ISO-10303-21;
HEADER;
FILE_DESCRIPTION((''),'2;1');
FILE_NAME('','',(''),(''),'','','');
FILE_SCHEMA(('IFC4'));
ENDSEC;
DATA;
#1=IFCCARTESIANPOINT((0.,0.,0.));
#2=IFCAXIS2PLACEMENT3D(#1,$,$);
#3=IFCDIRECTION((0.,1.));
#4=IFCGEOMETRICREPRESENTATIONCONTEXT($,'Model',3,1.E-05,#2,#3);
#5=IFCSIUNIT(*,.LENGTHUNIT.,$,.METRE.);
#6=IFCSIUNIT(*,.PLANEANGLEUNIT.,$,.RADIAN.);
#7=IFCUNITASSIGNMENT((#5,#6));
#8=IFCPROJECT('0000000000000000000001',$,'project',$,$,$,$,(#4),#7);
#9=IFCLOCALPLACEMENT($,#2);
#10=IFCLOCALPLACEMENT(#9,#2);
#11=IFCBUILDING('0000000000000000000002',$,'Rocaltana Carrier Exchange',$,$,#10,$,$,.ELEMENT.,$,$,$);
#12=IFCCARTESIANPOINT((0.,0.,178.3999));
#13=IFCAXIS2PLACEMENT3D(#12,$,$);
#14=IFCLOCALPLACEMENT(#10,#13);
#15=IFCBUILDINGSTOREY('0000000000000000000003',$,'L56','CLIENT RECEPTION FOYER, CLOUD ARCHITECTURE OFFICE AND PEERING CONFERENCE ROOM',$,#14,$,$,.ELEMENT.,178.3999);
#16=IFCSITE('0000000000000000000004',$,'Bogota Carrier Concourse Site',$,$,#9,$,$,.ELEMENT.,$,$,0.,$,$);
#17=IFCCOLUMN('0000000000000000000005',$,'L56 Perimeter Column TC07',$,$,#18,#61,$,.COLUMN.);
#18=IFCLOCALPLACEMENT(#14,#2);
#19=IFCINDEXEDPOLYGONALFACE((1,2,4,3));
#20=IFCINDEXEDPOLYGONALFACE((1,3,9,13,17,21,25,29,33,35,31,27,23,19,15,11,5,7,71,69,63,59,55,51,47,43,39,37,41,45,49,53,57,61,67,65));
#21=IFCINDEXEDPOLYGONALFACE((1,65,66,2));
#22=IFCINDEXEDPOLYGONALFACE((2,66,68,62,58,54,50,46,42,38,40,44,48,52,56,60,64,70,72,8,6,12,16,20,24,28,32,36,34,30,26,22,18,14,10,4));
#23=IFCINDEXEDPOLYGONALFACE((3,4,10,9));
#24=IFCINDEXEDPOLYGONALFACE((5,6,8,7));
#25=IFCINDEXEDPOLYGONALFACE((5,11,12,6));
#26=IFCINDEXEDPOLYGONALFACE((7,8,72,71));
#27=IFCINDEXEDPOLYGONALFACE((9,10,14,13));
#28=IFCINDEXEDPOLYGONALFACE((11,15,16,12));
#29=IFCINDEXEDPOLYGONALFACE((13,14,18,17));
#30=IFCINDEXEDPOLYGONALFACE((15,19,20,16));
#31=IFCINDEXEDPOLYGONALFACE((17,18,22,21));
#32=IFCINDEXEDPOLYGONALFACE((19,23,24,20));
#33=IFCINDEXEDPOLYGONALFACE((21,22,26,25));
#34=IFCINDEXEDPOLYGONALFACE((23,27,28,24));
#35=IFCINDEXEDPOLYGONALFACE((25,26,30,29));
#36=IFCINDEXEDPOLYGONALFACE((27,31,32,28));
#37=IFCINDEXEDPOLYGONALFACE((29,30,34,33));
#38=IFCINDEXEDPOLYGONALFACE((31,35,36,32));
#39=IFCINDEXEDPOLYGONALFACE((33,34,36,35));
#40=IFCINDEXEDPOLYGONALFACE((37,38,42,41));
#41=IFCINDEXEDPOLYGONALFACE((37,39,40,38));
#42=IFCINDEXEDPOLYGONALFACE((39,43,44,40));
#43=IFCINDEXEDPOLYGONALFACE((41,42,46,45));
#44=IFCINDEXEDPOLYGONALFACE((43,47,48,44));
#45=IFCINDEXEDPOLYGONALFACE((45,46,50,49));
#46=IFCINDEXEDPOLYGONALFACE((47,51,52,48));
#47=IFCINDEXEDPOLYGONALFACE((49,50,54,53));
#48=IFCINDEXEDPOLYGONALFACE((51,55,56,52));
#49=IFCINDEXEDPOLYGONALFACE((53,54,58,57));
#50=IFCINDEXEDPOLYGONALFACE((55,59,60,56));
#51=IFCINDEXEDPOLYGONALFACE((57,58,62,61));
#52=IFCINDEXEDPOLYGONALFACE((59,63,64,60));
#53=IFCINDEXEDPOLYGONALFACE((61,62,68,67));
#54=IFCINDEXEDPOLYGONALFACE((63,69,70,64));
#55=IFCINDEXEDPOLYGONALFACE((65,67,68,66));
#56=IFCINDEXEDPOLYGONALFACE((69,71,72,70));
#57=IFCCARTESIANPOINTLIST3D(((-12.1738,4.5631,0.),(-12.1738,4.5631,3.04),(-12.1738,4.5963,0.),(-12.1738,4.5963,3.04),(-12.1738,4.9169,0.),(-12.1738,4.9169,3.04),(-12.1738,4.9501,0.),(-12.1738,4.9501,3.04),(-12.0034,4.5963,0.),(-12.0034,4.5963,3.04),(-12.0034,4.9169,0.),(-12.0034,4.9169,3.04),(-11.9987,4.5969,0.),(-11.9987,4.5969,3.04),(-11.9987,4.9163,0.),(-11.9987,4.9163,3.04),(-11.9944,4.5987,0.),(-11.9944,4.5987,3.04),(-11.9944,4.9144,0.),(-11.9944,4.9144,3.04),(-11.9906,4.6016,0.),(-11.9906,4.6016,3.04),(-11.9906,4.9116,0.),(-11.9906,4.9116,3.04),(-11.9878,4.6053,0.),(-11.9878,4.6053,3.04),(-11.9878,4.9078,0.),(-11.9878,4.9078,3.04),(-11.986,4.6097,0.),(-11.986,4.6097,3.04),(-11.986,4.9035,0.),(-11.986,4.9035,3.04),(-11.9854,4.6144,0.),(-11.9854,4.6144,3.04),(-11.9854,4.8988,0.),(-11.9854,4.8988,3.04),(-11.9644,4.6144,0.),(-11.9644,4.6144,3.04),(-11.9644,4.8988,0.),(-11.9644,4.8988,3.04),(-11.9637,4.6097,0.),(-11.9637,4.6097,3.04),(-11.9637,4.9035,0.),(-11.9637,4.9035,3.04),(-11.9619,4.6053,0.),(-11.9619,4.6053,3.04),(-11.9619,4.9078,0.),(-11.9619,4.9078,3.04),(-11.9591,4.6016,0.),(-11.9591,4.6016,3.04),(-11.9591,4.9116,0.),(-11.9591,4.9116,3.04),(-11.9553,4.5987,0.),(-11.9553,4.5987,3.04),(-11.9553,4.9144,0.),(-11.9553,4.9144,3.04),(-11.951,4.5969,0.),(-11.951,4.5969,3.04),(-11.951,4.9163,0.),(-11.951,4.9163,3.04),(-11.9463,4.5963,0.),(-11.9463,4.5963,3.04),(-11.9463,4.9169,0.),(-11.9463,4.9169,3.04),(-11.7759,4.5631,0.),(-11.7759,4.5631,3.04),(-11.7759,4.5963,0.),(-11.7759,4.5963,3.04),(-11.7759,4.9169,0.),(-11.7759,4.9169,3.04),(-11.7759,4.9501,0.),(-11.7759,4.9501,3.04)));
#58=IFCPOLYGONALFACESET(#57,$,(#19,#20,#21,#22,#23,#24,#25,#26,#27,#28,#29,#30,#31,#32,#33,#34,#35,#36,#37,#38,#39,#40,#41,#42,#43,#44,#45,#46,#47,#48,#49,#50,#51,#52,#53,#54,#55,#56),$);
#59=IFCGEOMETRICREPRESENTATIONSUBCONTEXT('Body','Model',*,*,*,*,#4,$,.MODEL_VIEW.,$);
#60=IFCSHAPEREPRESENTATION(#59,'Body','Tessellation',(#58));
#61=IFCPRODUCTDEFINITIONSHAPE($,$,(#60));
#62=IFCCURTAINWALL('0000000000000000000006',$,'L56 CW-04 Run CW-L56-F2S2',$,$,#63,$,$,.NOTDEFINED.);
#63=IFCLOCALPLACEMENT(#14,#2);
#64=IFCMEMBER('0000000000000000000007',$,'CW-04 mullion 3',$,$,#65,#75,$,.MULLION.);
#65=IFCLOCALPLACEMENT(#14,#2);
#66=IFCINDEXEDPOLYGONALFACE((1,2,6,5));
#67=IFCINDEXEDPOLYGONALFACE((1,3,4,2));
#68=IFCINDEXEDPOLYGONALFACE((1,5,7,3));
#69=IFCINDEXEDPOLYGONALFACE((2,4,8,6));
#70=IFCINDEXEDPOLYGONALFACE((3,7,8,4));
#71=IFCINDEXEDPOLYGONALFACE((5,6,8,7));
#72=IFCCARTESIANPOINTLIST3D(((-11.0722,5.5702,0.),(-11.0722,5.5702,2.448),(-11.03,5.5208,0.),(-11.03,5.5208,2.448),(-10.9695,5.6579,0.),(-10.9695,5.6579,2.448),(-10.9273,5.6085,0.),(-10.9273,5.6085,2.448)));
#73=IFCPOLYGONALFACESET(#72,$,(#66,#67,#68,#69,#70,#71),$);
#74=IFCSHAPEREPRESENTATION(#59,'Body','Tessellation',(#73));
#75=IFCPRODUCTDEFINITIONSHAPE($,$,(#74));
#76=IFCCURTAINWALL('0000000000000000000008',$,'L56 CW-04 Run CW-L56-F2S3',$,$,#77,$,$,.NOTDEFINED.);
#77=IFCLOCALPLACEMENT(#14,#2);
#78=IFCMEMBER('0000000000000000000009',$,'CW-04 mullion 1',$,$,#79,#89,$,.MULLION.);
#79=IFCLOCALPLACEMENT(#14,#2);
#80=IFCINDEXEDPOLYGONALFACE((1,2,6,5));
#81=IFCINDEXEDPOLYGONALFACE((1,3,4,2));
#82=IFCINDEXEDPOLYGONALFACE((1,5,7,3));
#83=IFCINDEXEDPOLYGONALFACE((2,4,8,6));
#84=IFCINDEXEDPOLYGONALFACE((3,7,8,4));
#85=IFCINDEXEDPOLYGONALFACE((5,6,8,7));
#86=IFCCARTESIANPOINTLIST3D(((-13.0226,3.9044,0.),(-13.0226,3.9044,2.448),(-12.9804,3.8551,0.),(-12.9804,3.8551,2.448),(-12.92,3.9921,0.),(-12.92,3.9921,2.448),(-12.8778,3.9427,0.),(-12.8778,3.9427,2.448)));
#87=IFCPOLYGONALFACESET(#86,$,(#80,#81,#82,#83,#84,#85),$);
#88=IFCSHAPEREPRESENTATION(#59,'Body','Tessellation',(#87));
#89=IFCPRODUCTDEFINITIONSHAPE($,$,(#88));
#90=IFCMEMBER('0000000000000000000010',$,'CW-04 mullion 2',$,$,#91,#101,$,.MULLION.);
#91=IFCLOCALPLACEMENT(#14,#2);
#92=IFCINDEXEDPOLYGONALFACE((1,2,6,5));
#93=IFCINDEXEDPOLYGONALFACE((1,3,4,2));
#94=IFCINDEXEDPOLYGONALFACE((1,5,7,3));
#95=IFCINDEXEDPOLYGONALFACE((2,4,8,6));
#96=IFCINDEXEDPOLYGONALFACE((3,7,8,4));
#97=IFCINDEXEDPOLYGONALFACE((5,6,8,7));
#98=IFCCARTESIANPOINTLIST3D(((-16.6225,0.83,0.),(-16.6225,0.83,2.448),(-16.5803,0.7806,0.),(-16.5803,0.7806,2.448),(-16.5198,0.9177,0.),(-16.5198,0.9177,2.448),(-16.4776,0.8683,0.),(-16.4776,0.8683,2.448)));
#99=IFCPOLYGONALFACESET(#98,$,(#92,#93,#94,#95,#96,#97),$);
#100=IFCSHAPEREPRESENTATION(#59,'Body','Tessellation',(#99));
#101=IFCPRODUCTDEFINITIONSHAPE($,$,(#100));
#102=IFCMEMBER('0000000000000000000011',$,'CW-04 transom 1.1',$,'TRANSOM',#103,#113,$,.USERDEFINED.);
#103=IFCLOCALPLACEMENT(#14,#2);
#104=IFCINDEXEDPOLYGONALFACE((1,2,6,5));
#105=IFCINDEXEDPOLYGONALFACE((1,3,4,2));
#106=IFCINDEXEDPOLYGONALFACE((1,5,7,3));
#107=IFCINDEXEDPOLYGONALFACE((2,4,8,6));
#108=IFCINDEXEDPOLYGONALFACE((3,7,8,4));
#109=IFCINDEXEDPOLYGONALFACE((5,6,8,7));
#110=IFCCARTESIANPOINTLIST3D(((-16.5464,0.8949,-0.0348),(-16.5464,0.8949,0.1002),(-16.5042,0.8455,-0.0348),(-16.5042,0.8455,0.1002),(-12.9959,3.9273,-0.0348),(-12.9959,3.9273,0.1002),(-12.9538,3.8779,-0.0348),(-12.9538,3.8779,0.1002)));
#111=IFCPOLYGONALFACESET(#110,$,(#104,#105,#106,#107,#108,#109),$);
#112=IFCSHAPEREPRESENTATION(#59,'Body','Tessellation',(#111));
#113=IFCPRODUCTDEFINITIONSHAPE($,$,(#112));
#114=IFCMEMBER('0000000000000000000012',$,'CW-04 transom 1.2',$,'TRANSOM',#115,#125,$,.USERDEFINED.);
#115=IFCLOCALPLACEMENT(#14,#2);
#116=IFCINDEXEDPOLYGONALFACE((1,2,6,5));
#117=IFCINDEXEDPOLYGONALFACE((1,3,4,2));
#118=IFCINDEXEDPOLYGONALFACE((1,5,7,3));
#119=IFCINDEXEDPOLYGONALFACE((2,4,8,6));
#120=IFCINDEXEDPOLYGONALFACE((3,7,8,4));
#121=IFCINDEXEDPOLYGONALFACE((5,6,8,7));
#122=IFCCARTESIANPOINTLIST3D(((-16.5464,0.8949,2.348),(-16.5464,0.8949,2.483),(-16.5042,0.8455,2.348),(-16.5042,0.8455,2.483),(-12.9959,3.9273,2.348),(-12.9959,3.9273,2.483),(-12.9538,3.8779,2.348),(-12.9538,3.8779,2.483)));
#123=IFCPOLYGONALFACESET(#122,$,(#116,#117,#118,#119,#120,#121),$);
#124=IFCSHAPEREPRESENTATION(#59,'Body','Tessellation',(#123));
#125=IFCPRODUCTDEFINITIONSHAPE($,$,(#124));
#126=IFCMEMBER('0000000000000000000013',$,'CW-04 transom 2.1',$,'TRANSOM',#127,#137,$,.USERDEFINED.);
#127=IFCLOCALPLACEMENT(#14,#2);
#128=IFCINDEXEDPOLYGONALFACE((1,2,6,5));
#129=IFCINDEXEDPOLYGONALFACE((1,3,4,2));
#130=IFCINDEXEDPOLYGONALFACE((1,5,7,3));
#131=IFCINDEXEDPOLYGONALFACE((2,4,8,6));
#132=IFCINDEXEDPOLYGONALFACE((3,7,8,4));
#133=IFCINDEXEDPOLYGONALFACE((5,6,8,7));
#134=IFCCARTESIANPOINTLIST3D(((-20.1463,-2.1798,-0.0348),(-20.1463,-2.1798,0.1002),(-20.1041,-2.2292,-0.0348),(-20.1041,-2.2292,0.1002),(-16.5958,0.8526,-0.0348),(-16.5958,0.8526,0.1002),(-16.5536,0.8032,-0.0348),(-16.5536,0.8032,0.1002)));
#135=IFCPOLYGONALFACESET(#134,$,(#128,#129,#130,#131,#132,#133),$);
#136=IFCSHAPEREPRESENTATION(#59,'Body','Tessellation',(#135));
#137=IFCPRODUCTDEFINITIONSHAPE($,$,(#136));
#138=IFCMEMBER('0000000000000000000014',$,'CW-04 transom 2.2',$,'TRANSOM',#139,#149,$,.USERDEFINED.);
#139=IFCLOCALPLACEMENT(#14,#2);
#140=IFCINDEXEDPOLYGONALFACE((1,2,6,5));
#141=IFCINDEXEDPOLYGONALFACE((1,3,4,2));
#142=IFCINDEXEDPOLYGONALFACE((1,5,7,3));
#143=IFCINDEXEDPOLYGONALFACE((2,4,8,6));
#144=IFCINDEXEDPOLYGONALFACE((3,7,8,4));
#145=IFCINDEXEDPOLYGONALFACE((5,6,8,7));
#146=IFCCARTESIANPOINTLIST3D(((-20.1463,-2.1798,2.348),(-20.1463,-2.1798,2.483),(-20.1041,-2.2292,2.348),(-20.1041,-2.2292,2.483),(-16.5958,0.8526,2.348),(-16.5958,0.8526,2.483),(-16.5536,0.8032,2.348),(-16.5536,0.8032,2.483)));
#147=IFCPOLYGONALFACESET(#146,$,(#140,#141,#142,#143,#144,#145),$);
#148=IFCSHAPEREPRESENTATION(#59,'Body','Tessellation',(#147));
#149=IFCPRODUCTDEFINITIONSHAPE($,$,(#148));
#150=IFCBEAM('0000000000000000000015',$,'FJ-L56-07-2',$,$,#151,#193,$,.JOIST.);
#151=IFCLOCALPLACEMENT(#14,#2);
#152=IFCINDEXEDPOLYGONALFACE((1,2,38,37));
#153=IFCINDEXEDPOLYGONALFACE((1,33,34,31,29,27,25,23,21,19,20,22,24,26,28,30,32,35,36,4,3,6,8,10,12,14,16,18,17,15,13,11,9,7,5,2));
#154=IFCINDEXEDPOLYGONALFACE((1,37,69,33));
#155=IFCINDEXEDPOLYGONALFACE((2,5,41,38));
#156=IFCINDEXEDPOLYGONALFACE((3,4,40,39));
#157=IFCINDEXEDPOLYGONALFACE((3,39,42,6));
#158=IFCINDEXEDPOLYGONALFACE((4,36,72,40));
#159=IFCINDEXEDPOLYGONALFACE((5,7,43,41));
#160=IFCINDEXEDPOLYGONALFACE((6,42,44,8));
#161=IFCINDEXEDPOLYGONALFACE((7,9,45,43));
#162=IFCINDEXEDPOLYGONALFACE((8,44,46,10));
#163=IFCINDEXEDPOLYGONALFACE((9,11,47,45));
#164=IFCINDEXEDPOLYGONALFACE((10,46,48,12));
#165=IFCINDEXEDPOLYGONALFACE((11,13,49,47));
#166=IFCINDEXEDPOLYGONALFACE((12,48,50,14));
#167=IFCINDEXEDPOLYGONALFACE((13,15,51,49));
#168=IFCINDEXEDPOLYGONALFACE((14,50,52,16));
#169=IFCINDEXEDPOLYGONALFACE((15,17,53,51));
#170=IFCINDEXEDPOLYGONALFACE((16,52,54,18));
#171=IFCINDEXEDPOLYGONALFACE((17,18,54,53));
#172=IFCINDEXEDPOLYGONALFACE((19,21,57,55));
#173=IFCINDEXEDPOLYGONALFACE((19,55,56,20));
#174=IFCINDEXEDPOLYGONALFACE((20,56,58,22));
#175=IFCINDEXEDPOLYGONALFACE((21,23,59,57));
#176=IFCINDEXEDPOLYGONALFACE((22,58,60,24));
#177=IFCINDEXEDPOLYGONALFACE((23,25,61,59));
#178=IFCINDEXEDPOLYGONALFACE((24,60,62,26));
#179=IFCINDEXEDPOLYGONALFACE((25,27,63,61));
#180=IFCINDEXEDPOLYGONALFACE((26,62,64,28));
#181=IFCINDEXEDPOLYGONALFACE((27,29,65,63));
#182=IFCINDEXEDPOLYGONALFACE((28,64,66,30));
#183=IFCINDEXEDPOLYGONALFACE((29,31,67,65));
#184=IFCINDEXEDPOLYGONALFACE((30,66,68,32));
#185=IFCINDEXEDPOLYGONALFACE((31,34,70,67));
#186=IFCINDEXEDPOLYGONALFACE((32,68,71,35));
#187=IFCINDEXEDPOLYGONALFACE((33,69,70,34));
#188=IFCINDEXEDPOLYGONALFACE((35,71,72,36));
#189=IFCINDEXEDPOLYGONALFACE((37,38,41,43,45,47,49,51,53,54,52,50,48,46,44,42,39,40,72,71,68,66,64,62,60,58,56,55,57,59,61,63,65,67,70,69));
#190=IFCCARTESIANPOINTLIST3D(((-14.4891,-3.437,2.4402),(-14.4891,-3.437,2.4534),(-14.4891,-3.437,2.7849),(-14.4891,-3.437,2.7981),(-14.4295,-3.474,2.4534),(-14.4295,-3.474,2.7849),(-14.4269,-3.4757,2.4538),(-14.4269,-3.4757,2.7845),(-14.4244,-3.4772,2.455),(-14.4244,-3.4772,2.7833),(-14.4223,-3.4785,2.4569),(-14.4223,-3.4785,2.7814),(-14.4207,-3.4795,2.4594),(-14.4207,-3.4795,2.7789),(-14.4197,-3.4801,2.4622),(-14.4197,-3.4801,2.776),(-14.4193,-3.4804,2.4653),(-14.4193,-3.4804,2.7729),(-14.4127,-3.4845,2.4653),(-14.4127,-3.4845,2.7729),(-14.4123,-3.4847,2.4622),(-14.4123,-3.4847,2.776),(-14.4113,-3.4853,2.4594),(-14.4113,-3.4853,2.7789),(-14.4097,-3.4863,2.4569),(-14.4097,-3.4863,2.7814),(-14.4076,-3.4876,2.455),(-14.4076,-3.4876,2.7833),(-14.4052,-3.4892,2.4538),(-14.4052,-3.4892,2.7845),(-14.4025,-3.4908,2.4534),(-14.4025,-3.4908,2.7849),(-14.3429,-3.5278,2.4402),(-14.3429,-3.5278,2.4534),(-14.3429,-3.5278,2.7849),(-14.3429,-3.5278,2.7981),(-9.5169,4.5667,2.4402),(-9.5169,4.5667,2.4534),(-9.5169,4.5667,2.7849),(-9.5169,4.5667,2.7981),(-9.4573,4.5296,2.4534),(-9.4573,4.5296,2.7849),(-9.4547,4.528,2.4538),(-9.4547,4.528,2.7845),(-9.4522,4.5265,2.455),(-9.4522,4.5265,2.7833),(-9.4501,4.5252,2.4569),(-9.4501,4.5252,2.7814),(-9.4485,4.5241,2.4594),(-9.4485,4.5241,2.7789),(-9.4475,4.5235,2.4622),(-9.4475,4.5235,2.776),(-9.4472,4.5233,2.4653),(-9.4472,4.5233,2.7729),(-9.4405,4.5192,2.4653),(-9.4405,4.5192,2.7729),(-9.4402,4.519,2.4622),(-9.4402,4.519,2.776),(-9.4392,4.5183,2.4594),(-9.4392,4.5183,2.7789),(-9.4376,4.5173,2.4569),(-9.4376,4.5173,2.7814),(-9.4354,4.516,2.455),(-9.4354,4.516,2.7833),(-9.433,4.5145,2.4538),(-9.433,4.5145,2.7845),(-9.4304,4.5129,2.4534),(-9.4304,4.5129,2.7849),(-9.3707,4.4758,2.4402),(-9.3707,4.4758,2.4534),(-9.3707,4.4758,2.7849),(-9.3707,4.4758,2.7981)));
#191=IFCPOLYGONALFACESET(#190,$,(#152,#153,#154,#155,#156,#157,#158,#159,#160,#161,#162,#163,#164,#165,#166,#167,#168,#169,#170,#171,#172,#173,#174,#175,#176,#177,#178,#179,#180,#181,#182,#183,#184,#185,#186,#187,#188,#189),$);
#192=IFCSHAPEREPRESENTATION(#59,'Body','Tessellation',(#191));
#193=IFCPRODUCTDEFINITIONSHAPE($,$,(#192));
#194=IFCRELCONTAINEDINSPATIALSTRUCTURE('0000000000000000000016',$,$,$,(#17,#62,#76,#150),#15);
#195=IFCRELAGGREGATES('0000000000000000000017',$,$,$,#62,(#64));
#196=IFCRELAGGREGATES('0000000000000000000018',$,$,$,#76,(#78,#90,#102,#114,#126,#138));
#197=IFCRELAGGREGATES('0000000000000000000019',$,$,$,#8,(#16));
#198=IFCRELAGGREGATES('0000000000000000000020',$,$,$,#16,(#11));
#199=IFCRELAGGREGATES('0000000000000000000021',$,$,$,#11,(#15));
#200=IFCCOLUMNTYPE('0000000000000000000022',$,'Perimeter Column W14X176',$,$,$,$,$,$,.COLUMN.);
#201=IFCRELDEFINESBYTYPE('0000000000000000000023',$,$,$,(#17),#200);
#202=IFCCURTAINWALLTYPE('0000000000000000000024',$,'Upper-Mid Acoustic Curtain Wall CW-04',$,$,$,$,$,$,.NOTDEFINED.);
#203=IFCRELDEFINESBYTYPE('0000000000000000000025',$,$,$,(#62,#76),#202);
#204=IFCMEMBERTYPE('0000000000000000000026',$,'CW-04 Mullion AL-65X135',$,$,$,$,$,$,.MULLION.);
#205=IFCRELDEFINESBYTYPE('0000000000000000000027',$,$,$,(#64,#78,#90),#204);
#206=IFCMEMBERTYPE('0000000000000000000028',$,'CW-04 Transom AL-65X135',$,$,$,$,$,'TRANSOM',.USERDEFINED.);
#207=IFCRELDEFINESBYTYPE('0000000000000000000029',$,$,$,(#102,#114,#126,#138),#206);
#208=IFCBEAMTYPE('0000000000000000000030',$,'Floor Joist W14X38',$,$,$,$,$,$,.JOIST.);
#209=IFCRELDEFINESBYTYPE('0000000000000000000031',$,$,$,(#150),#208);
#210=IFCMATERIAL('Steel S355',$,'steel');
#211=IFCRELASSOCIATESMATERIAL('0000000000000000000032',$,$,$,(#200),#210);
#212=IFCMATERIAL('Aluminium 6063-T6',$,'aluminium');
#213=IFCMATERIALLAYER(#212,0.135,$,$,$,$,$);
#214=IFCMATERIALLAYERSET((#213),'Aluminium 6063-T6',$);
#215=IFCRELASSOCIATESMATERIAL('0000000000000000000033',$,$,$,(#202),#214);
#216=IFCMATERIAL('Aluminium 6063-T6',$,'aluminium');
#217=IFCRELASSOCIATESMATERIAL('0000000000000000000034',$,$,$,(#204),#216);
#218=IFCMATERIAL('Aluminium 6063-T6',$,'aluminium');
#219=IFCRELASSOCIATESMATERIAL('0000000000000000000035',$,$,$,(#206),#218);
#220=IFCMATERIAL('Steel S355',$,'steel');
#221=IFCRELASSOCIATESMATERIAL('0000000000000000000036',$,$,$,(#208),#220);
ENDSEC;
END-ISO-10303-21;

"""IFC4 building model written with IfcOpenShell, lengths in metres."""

from ifc_helpers import new_model, si_unit, direction, frame, origin, origin_2d, place, context, subcontext, project, spatial, rectangle, i_section, extrude, material, layer, layer_set, material_profile, profile_set, type_object, element, aggregate, save


model = new_model("IFC4")

# Units and contexts
model_context = context("Model", 3, precision=1e-05, world=origin(), true_north=direction((0.0, 1.0)))
body_context = subcontext(model_context, "Body", "Model", "MODEL_VIEW")
ifc_project = project(units=[si_unit("LENGTHUNIT", "METRE"), si_unit("PLANEANGLEUNIT", "RADIAN")], contexts=[model_context])

# Site, building, storey
site_placement = place(None, origin())
site = spatial("IfcSite", under=ifc_project, at=site_placement, Name="Bogota Carrier Concourse Site", CompositionType="ELEMENT", RefElevation=0.0)
building_placement = place(site_placement, origin())
building = spatial("IfcBuilding", under=site, at=building_placement, Name="Rocaltana Carrier Exchange", CompositionType="ELEMENT")
storey_placement = place(building_placement, frame((0.0, 0.0, 178.3999)))
storey = spatial("IfcBuildingStorey", under=building, at=storey_placement, Name="L56", Description="CLIENT RECEPTION FOYER, CLOUD ARCHITECTURE OFFICE AND PEERING CONFERENCE ROOM", CompositionType="ELEMENT", Elevation=178.3999)

# Column
ifc_material_1 = material(Name="Steel S355", Category="steel")
ifc_material_profile_1 = material_profile(ifc_material_1, i_section(OverallWidth=0.3979, OverallDepth=0.387, WebThickness=0.021, FlangeThickness=0.0332, FilletRadius=0.0181, at=origin_2d()), Name="W14X176")
ifc_profile_set_1 = profile_set([ifc_material_profile_1], Name="Steel S355")
column_type = type_object("IfcColumnType", Name="Perimeter Column W14X176", PredefinedType="COLUMN", material=ifc_profile_set_1)
column_placement = place(storey_placement, frame((-11.9749, 4.7566, 0.0), z_axis=(0.0, 0.0, 1.0), x_axis=(1.0, 0.0, 0.0)))
element("IfcColumn", 1, at=column_placement, inside=storey, type_object=column_type, Name="L56 Perimeter Column TC07", PredefinedType="COLUMN", context=body_context, shape_type="SweptSolid", body=[
    extrude(i_section(OverallWidth=0.3979, OverallDepth=0.387, WebThickness=0.021, FlangeThickness=0.0332, FilletRadius=0.0181, at=origin_2d()), origin(), (0.0, 0.0, 1.0), 3.04),
])

# Curtain wall, member
ifc_material_2 = material(Name="Aluminium 6063-T6", Category="aluminium")
ifc_layer_1 = layer(ifc_material_2, 0.135)
ifc_layer_set_1 = layer_set([ifc_layer_1], Name="Aluminium 6063-T6")
curtain_wall_type = type_object("IfcCurtainWallType", Name="Upper-Mid Acoustic Curtain Wall CW-04", PredefinedType="NOTDEFINED", material=ifc_layer_set_1)
curtain_wall_1_placement = place(storey_placement, origin())
curtain_wall_1 = element("IfcCurtainWall", 2, at=curtain_wall_1_placement, inside=storey, type_object=curtain_wall_type, Name="L56 CW-04 Run CW-L56-F2S2", PredefinedType="NOTDEFINED")
ifc_material_3 = material(Name="Aluminium 6063-T6", Category="aluminium")
ifc_material_profile_2 = material_profile(ifc_material_3, rectangle(XDim=0.0649, YDim=0.135, at=origin_2d()), Name="AL-65X135")
ifc_profile_set_2 = profile_set([ifc_material_profile_2], Name="Aluminium 6063-T6")
member_type_1 = type_object("IfcMemberType", Name="CW-04 Mullion AL-65X135", PredefinedType="MULLION", material=ifc_profile_set_2)
member_1_placement = place(storey_placement, frame((-10.9998, 5.5894, 0.0), z_axis=(0.0, 0.0, 1.0), x_axis=(0.649454, -0.760401, 0.0)))
member_1 = element("IfcMember", 3, at=member_1_placement, type_object=member_type_1, Name="CW-04 mullion 3", PredefinedType="MULLION", context=body_context, shape_type="SweptSolid", body=[
    extrude(rectangle(XDim=0.0649, YDim=0.135, at=origin_2d()), origin(), (0.0, 0.0, 1.0), 2.448),
])

# Curtain wall, members
curtain_wall_2_placement = place(storey_placement, origin())
curtain_wall_2 = element("IfcCurtainWall", 4, at=curtain_wall_2_placement, inside=storey, type_object=curtain_wall_type, Name="L56 CW-04 Run CW-L56-F2S3", PredefinedType="NOTDEFINED")
member_2_placement = place(storey_placement, frame((-12.9502, 3.9236, 0.0), z_axis=(0.0, 0.0, 1.0), x_axis=(0.649448, -0.760406, 0.0)))
member_2 = element("IfcMember", 5, at=member_2_placement, type_object=member_type_1, Name="CW-04 mullion 1", PredefinedType="MULLION", context=body_context, shape_type="SweptSolid", body=[
    extrude(rectangle(XDim=0.0649, YDim=0.135, at=origin_2d()), origin(), (0.0, 0.0, 1.0), 2.448),
])
member_3_placement = place(storey_placement, frame((-16.55, 0.8491, 0.0), z_axis=(0.0, 0.0, 1.0), x_axis=(0.649448, -0.760406, 0.0)))
member_3 = element("IfcMember", 6, at=member_3_placement, type_object=member_type_1, Name="CW-04 mullion 2", PredefinedType="MULLION", context=body_context, shape_type="SweptSolid", body=[
    extrude(rectangle(XDim=0.0649, YDim=0.135, at=origin_2d()), origin(), (0.0, 0.0, 1.0), 2.448),
])
ifc_material_4 = material(Name="Aluminium 6063-T6", Category="aluminium")
ifc_material_profile_3 = material_profile(ifc_material_4, rectangle(XDim=0.0649, YDim=0.135, at=origin_2d()), Name="AL-65X135")
ifc_profile_set_3 = profile_set([ifc_material_profile_3], Name="Aluminium 6063-T6")
member_type_2 = type_object("IfcMemberType", Name="CW-04 Transom AL-65X135", ElementType="TRANSOM", PredefinedType="USERDEFINED", material=ifc_profile_set_3)
member_4_placement = place(storey_placement, frame((-12.9749, 3.9026, 0.0327), z_axis=(-0.760403, -0.649451, 0.0), x_axis=(0.649451, -0.760403, 0.0)))
member_4 = element("IfcMember", 7, at=member_4_placement, type_object=member_type_2, Name="CW-04 transom 1.1", ObjectType="TRANSOM", PredefinedType="USERDEFINED", context=body_context, shape_type="SweptSolid", body=[
    extrude(rectangle(XDim=0.0649, YDim=0.135, at=origin_2d()), origin(), (0.0, 0.0, 1.0), 4.6692),
])
member_5_placement = place(storey_placement, frame((-12.9749, 3.9026, 2.4155), z_axis=(-0.760403, -0.649451, 0.0), x_axis=(0.649451, -0.760403, 0.0)))
member_5 = element("IfcMember", 8, at=member_5_placement, type_object=member_type_2, Name="CW-04 transom 1.2", ObjectType="TRANSOM", PredefinedType="USERDEFINED", context=body_context, shape_type="SweptSolid", body=[
    extrude(rectangle(XDim=0.0649, YDim=0.135, at=origin_2d()), origin(), (0.0, 0.0, 1.0), 4.6692),
])
member_6_placement = place(storey_placement, frame((-16.5747, 0.8279, 0.0327), z_axis=(-0.760403, -0.649451, 0.0), x_axis=(0.649451, -0.760403, 0.0)))
member_6 = element("IfcMember", 9, at=member_6_placement, type_object=member_type_2, Name="CW-04 transom 2.1", ObjectType="TRANSOM", PredefinedType="USERDEFINED", context=body_context, shape_type="SweptSolid", body=[
    extrude(rectangle(XDim=0.0649, YDim=0.135, at=origin_2d()), origin(), (0.0, 0.0, 1.0), 4.6692),
])
member_7_placement = place(storey_placement, frame((-16.5747, 0.8279, 2.4155), z_axis=(-0.760403, -0.649451, 0.0), x_axis=(0.649451, -0.760403, 0.0)))
member_7 = element("IfcMember", 10, at=member_7_placement, type_object=member_type_2, Name="CW-04 transom 2.2", ObjectType="TRANSOM", PredefinedType="USERDEFINED", context=body_context, shape_type="SweptSolid", body=[
    extrude(rectangle(XDim=0.0649, YDim=0.135, at=origin_2d()), origin(), (0.0, 0.0, 1.0), 4.6692),
])

# Beam
ifc_material_5 = material(Name="Steel S355", Category="steel")
ifc_material_profile_4 = material_profile(ifc_material_5, i_section(OverallWidth=0.1721, OverallDepth=0.3579, WebThickness=0.0078, FlangeThickness=0.0132, FilletRadius=0.012, at=origin_2d()), Name="W14X38")
ifc_profile_set_4 = profile_set([ifc_material_profile_4], Name="Steel S355")
beam_type_1 = type_object("IfcBeamType", Name="Floor Joist W14X38", PredefinedType="JOIST", material=ifc_profile_set_4)
beam_1_placement = place(storey_placement, frame((-9.4438, 4.5212, 2.6191), z_axis=(-0.527698, -0.849432, 0.0), x_axis=(0.849432, -0.527698, 0.0)))
element("IfcBeam", 11, at=beam_1_placement, inside=storey, type_object=beam_type_1, Name="FJ-L56-07-2", PredefinedType="JOIST", context=body_context, shape_type="SweptSolid", body=[
    extrude(i_section(OverallWidth=0.1721, OverallDepth=0.3579, WebThickness=0.0078, FlangeThickness=0.0132, FilletRadius=0.012, at=origin_2d()), origin(), (0.0, 0.0, 1.0), 9.4224),
])

aggregate(curtain_wall_1, [member_1])
aggregate(curtain_wall_2, [member_2, member_3, member_4, member_5, member_6, member_7])

save(model, "model.ifc")
